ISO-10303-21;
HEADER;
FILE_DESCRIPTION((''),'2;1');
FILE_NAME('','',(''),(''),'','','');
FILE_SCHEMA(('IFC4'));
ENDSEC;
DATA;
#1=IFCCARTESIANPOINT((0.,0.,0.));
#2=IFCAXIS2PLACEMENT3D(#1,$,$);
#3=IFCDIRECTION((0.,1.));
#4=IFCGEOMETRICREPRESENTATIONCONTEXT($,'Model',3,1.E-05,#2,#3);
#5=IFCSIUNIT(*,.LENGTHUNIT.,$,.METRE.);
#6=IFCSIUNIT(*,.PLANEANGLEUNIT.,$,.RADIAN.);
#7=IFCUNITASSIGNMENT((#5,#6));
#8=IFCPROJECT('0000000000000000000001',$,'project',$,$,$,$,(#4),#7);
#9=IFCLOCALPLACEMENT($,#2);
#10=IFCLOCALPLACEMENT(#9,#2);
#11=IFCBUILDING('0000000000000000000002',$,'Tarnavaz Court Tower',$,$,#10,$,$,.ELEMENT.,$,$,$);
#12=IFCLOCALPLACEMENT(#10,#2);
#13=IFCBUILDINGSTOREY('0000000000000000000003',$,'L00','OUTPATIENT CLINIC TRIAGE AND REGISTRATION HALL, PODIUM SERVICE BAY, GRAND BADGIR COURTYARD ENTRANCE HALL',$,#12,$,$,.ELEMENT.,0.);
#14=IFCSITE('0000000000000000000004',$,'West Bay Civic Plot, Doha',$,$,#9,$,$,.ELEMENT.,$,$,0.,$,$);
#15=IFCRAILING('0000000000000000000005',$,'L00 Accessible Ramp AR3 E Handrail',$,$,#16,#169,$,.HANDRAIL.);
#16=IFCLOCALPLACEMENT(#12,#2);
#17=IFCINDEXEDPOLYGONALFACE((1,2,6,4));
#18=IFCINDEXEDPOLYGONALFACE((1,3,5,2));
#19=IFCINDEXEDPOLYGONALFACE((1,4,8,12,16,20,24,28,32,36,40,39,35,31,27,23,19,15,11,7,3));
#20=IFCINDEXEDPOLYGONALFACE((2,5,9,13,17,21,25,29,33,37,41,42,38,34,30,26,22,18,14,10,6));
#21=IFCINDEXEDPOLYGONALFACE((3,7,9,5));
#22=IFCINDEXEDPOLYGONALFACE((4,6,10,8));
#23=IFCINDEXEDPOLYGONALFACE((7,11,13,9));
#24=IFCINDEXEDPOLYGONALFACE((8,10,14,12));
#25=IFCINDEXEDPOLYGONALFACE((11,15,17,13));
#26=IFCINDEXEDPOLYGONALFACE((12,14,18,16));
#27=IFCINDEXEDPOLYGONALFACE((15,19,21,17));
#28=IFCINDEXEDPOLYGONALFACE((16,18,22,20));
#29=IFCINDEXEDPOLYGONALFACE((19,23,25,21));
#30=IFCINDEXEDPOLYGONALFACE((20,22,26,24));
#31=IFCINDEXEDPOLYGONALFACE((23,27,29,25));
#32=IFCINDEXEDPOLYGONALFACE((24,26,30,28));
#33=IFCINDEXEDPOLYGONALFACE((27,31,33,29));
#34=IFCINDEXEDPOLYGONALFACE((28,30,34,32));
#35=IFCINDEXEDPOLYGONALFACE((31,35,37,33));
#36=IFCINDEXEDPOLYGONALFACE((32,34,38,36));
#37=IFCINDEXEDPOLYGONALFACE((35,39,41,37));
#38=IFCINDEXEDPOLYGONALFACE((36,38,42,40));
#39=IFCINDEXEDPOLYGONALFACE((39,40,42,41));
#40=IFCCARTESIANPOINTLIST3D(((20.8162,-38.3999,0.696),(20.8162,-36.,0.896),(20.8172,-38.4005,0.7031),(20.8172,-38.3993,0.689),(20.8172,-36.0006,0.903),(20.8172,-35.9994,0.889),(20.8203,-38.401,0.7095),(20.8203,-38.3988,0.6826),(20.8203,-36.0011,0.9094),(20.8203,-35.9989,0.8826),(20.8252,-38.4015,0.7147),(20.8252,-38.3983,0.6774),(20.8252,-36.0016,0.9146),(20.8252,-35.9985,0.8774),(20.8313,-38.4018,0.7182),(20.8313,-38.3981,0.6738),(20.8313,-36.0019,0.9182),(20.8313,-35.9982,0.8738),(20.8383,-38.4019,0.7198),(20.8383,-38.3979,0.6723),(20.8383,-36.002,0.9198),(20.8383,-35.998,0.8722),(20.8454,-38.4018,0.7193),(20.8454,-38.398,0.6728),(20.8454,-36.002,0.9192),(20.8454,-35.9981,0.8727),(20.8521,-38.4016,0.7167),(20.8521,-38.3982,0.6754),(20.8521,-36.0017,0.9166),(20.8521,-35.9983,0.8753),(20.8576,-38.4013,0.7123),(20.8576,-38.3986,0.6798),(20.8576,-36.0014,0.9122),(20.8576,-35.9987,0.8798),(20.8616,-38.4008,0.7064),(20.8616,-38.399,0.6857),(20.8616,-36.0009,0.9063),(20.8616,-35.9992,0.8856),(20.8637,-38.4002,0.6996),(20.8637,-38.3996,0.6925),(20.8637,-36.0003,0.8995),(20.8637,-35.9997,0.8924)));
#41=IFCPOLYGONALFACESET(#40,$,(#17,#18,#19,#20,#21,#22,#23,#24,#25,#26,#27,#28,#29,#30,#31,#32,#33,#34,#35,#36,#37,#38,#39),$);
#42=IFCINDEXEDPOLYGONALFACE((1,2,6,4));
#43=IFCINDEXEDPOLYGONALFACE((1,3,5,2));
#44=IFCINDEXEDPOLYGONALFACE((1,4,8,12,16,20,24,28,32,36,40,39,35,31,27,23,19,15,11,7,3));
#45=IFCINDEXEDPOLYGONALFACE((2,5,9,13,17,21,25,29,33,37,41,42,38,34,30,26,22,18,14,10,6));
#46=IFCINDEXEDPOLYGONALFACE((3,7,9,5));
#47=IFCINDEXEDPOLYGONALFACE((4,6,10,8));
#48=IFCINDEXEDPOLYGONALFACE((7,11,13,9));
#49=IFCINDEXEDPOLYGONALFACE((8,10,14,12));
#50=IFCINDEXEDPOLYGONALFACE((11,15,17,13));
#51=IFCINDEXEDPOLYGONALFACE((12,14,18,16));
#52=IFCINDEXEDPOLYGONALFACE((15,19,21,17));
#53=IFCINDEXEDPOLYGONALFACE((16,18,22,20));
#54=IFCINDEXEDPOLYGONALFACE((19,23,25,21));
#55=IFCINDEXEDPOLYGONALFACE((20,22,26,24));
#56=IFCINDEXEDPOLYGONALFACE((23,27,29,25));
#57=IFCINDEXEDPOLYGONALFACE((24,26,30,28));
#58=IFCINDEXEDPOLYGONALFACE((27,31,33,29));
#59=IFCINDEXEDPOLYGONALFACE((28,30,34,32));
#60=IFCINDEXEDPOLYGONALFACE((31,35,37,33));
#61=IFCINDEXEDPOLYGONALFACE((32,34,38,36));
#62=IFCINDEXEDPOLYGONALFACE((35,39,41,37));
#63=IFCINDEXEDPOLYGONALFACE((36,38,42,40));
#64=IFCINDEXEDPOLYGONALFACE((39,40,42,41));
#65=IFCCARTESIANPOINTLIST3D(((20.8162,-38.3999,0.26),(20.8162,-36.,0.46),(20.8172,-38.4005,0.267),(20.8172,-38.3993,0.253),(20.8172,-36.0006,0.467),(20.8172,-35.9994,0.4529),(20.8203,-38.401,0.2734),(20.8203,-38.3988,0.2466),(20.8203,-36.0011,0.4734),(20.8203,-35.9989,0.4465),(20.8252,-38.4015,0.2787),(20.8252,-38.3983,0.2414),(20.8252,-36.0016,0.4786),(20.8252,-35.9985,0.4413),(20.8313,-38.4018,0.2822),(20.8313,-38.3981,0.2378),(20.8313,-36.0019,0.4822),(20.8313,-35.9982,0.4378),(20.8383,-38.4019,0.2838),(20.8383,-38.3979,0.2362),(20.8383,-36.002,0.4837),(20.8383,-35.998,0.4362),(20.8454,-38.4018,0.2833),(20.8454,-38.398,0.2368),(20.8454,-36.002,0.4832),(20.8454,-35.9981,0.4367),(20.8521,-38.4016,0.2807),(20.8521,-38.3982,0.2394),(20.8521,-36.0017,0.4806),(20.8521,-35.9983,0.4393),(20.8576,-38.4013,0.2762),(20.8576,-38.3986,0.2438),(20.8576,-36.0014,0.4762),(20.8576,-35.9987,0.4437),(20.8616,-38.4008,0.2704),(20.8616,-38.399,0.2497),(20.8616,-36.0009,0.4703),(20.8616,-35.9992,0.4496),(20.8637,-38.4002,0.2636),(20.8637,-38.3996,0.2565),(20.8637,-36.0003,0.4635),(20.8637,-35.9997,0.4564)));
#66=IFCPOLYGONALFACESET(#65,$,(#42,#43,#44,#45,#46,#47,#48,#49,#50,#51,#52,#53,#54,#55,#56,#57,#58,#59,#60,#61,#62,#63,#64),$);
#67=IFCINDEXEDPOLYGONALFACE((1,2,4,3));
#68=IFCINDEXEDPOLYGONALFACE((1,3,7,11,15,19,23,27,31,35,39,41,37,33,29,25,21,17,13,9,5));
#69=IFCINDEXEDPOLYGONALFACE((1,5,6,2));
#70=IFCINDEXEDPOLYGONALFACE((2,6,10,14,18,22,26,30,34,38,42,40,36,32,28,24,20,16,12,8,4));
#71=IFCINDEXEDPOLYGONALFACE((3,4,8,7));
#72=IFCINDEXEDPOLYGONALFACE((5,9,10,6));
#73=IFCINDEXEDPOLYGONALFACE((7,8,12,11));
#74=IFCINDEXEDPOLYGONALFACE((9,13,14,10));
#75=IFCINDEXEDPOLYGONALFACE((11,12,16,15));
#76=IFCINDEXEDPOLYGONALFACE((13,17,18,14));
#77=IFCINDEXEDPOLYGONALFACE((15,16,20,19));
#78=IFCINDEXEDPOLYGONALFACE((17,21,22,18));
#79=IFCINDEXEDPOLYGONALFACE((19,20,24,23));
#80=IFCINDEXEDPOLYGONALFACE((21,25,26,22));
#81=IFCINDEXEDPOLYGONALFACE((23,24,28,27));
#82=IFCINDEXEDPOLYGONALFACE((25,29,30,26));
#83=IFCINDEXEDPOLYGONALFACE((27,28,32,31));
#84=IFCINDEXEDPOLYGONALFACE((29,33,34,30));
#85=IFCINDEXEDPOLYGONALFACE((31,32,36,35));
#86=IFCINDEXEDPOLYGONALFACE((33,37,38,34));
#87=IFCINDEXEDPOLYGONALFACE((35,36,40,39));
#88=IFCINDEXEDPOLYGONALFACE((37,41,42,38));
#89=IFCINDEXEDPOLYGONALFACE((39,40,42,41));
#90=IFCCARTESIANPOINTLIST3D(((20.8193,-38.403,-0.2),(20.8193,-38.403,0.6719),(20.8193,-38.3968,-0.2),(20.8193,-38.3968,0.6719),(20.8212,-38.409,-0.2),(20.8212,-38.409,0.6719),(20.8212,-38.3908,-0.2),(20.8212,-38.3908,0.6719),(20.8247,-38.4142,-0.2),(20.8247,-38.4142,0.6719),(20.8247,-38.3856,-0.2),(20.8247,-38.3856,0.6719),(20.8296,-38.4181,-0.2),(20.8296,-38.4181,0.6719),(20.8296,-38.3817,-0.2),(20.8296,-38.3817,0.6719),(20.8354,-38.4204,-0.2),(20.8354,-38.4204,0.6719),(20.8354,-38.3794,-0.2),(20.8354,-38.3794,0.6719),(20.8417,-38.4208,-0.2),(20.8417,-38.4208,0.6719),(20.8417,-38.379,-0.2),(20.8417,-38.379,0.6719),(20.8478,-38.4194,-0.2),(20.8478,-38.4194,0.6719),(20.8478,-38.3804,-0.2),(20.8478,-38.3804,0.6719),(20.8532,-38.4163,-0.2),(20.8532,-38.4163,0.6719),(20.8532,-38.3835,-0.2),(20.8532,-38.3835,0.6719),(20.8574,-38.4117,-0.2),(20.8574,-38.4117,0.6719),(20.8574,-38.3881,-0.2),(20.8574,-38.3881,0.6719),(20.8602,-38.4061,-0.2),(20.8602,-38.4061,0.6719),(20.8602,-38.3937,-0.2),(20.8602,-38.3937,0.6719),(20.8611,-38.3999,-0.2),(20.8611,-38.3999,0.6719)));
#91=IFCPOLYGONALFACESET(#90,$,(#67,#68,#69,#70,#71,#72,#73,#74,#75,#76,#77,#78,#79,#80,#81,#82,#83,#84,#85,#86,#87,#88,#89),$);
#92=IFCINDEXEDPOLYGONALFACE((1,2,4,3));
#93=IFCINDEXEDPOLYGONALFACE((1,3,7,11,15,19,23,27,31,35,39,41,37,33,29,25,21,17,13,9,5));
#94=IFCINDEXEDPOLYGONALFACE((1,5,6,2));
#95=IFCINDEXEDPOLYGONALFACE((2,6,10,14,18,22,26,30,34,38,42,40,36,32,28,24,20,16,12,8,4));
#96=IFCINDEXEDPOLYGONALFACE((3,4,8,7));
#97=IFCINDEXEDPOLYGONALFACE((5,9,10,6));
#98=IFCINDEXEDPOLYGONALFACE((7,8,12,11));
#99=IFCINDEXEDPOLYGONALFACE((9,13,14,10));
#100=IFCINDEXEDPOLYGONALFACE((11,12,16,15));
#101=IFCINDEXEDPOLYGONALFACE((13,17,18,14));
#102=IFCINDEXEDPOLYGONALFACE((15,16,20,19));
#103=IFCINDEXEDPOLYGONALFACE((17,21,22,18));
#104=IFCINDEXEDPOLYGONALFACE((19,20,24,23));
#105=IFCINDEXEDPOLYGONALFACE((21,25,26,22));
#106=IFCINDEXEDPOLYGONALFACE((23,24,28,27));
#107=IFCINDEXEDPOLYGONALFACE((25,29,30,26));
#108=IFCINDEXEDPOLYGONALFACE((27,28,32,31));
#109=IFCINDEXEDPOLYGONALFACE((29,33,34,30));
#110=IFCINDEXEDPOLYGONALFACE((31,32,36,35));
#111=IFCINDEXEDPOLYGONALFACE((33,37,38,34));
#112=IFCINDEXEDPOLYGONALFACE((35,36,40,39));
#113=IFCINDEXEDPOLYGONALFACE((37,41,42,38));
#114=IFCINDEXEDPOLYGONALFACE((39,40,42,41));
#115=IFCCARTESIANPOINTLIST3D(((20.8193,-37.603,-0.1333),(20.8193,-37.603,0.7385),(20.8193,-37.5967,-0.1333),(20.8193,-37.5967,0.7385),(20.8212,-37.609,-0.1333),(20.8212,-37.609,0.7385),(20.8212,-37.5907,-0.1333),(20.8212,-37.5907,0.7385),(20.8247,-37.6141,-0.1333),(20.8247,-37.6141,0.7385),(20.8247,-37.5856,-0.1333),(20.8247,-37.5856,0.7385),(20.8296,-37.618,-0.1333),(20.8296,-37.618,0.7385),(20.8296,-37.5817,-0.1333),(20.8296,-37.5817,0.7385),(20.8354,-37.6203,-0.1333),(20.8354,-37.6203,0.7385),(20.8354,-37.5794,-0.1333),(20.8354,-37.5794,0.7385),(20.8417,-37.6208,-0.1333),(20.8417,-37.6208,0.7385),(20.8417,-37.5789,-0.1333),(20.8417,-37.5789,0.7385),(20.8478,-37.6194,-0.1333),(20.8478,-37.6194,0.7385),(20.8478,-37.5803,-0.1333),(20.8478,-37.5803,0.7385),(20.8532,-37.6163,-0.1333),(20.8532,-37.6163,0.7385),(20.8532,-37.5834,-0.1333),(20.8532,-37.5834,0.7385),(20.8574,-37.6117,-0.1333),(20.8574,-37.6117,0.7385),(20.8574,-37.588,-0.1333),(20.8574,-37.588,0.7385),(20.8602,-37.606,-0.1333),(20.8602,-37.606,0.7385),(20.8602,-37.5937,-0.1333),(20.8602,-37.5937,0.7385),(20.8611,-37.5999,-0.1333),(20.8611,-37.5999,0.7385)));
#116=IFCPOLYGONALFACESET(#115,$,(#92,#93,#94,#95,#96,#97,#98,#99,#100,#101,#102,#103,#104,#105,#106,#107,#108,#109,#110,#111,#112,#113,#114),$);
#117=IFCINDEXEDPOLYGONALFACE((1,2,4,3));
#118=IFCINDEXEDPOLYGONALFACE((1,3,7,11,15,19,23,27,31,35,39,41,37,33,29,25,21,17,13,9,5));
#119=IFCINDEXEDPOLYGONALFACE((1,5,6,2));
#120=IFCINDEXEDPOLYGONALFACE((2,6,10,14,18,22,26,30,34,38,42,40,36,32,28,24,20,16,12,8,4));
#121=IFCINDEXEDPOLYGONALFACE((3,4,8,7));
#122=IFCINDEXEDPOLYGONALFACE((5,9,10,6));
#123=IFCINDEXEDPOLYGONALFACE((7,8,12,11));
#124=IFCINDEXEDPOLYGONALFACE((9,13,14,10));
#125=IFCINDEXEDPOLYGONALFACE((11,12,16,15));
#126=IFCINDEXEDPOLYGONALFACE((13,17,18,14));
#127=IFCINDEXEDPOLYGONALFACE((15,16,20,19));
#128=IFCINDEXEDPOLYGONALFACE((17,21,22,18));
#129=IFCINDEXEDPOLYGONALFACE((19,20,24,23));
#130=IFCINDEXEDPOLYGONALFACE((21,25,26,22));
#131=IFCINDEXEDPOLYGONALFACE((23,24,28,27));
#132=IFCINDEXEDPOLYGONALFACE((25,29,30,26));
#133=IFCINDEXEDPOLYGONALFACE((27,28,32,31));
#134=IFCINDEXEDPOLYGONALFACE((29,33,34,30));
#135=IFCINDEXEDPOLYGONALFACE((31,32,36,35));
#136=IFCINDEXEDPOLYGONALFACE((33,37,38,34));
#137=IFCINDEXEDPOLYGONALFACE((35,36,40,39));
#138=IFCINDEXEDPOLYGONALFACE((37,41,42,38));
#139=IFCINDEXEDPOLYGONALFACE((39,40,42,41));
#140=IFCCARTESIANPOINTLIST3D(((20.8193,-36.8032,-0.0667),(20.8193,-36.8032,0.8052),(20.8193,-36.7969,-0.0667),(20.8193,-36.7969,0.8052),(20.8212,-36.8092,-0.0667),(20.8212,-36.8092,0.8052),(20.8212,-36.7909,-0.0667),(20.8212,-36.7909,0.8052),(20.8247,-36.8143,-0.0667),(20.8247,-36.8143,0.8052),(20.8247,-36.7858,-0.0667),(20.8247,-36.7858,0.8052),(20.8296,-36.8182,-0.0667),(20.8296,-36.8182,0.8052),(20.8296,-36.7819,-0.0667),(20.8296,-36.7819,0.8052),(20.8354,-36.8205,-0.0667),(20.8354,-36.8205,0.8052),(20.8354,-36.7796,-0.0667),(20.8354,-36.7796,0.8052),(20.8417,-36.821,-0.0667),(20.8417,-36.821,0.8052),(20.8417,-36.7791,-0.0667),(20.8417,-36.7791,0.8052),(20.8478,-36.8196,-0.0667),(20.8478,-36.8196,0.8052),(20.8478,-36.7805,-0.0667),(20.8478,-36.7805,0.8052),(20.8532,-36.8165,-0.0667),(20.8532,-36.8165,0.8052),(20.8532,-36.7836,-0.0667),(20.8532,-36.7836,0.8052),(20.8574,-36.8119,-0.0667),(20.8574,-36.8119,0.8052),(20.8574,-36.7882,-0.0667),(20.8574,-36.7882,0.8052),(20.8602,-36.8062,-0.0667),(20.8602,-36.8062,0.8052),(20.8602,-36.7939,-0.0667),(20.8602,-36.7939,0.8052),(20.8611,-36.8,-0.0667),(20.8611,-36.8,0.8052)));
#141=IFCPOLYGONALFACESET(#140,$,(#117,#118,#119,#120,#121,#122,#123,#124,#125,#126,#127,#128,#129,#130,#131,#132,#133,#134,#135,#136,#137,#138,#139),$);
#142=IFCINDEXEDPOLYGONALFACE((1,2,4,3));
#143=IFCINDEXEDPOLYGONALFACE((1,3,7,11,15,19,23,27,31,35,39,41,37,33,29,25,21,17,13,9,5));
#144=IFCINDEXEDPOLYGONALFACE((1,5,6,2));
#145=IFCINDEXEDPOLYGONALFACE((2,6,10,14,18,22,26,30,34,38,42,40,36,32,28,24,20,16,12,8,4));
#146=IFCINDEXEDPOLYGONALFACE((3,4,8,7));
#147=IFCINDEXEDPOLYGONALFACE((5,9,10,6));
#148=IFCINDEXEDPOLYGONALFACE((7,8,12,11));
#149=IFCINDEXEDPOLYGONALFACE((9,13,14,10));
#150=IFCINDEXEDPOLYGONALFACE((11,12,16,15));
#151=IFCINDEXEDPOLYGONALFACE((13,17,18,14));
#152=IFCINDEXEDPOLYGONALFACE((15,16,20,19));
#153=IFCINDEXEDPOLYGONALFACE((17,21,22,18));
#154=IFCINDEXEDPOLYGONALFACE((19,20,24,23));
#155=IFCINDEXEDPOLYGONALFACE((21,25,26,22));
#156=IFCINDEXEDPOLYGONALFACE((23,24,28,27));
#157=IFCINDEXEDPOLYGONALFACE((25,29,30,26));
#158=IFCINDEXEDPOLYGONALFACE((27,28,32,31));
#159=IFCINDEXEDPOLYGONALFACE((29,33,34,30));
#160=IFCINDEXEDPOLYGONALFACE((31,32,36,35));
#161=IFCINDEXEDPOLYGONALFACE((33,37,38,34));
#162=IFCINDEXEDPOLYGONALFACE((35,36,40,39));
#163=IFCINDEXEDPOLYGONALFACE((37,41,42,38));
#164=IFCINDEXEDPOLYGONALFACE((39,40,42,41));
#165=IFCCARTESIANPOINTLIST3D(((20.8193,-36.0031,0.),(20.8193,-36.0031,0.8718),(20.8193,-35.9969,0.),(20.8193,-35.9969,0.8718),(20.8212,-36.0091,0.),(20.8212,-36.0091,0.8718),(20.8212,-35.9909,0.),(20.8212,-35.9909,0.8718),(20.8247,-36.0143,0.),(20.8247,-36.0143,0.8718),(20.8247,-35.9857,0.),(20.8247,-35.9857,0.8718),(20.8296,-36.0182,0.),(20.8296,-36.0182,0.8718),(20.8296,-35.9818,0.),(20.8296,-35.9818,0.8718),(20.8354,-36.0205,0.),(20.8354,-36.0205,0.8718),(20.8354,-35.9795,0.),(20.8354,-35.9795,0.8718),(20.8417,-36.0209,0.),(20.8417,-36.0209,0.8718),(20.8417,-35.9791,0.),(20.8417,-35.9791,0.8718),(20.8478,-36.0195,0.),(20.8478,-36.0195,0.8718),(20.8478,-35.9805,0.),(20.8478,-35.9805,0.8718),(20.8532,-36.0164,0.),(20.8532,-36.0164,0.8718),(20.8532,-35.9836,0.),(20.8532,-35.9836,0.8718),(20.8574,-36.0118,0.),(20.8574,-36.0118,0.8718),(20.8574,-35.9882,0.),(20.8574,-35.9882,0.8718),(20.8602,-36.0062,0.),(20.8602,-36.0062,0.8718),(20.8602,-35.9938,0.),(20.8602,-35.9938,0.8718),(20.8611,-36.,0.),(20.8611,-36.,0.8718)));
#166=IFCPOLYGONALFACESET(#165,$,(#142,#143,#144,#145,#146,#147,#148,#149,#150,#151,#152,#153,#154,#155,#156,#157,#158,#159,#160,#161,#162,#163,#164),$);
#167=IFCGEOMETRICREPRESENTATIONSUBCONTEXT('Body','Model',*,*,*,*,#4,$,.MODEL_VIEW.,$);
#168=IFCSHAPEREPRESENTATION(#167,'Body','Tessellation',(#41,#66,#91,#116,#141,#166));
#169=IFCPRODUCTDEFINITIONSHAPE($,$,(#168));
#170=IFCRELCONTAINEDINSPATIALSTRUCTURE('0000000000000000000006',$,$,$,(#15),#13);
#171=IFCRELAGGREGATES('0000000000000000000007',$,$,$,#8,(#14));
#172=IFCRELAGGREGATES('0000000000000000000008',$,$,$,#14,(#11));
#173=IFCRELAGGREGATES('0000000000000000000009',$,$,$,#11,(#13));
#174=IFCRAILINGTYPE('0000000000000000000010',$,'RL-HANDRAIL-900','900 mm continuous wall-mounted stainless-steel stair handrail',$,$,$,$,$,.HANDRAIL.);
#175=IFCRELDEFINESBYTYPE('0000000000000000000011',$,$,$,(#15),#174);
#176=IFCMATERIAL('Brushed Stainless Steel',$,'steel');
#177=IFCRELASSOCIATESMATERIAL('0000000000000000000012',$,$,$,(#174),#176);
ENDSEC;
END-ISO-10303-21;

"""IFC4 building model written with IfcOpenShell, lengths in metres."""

from ifc_helpers import new_model, si_unit, direction, frame, origin, origin_2d, place, context, subcontext, project, spatial, circle, extrude, material, type_object, element, save


model = new_model("IFC4")

# Units and contexts
model_context = context("Model", 3, precision=1e-05, world=origin(), true_north=direction((0.0, 1.0)))
body_context = subcontext(model_context, "Body", "Model", "MODEL_VIEW")
ifc_project = project(units=[si_unit("LENGTHUNIT", "METRE"), si_unit("PLANEANGLEUNIT", "RADIAN")], contexts=[model_context])

# Site, building, storey
site_placement = place(None, origin())
site = spatial("IfcSite", under=ifc_project, at=site_placement, Name="West Bay Civic Plot, Doha", CompositionType="ELEMENT", RefElevation=0.0)
building_placement = place(site_placement, origin())
building = spatial("IfcBuilding", under=site, at=building_placement, Name="Tarnavaz Court Tower", CompositionType="ELEMENT")
storey_placement = place(building_placement, origin())
storey = spatial("IfcBuildingStorey", under=building, at=storey_placement, Name="L00", Description="OUTPATIENT CLINIC TRIAGE AND REGISTRATION HALL, PODIUM SERVICE BAY, GRAND BADGIR COURTYARD ENTRANCE HALL", CompositionType="ELEMENT", Elevation=0.0)

# Railing
ifc_material_1 = material(Name="Brushed Stainless Steel", Category="steel")
railing_type = type_object("IfcRailingType", Name="RL-HANDRAIL-900", Description="900 mm continuous wall-mounted stainless-steel stair handrail", PredefinedType="HANDRAIL", material=ifc_material_1)
for number, where, name in (
    (1, (20.8401, -38.3999, -0.2), "L00 Accessible Ramp AR3 E Handrail"),
):
    element("IfcRailing", number, at=place(storey_placement, frame(where)), inside=storey, type_object=railing_type, Name=name, PredefinedType="HANDRAIL", context=body_context, shape_type="SweptSolid", body=[
        extrude(circle(Radius=0.0239, at=origin_2d()), frame((0.0, 0.0, 0.896), z_axis=(0.0, 0.996547, 0.083029), x_axis=(-1.0, 0.0, 0.0)), (0.0, 0.0, 1.0), 2.4082),
        extrude(circle(Radius=0.0239, at=origin_2d()), frame((0.0, 0.0, 0.46), z_axis=(0.0, 0.996547, 0.083029), x_axis=(-1.0, 0.0, 0.0)), (0.0, 0.0, 1.0), 2.4082),
        extrude(circle(Radius=0.021, at=origin_2d()), origin(), (0.0, 0.0, 1.0), 0.8718),
        extrude(circle(Radius=0.021, at=origin_2d()), frame((0.0, 0.8, 0.0667)), (0.0, 0.0, 1.0), 0.8718),
        extrude(circle(Radius=0.021, at=origin_2d()), frame((0.0, 1.5999, 0.1333)), (0.0, 0.0, 1.0), 0.8718),
        extrude(circle(Radius=0.021, at=origin_2d()), frame((0.0, 2.3999, 0.2)), (0.0, 0.0, 1.0), 0.8718),
    ])

save(model, "model.ifc")
